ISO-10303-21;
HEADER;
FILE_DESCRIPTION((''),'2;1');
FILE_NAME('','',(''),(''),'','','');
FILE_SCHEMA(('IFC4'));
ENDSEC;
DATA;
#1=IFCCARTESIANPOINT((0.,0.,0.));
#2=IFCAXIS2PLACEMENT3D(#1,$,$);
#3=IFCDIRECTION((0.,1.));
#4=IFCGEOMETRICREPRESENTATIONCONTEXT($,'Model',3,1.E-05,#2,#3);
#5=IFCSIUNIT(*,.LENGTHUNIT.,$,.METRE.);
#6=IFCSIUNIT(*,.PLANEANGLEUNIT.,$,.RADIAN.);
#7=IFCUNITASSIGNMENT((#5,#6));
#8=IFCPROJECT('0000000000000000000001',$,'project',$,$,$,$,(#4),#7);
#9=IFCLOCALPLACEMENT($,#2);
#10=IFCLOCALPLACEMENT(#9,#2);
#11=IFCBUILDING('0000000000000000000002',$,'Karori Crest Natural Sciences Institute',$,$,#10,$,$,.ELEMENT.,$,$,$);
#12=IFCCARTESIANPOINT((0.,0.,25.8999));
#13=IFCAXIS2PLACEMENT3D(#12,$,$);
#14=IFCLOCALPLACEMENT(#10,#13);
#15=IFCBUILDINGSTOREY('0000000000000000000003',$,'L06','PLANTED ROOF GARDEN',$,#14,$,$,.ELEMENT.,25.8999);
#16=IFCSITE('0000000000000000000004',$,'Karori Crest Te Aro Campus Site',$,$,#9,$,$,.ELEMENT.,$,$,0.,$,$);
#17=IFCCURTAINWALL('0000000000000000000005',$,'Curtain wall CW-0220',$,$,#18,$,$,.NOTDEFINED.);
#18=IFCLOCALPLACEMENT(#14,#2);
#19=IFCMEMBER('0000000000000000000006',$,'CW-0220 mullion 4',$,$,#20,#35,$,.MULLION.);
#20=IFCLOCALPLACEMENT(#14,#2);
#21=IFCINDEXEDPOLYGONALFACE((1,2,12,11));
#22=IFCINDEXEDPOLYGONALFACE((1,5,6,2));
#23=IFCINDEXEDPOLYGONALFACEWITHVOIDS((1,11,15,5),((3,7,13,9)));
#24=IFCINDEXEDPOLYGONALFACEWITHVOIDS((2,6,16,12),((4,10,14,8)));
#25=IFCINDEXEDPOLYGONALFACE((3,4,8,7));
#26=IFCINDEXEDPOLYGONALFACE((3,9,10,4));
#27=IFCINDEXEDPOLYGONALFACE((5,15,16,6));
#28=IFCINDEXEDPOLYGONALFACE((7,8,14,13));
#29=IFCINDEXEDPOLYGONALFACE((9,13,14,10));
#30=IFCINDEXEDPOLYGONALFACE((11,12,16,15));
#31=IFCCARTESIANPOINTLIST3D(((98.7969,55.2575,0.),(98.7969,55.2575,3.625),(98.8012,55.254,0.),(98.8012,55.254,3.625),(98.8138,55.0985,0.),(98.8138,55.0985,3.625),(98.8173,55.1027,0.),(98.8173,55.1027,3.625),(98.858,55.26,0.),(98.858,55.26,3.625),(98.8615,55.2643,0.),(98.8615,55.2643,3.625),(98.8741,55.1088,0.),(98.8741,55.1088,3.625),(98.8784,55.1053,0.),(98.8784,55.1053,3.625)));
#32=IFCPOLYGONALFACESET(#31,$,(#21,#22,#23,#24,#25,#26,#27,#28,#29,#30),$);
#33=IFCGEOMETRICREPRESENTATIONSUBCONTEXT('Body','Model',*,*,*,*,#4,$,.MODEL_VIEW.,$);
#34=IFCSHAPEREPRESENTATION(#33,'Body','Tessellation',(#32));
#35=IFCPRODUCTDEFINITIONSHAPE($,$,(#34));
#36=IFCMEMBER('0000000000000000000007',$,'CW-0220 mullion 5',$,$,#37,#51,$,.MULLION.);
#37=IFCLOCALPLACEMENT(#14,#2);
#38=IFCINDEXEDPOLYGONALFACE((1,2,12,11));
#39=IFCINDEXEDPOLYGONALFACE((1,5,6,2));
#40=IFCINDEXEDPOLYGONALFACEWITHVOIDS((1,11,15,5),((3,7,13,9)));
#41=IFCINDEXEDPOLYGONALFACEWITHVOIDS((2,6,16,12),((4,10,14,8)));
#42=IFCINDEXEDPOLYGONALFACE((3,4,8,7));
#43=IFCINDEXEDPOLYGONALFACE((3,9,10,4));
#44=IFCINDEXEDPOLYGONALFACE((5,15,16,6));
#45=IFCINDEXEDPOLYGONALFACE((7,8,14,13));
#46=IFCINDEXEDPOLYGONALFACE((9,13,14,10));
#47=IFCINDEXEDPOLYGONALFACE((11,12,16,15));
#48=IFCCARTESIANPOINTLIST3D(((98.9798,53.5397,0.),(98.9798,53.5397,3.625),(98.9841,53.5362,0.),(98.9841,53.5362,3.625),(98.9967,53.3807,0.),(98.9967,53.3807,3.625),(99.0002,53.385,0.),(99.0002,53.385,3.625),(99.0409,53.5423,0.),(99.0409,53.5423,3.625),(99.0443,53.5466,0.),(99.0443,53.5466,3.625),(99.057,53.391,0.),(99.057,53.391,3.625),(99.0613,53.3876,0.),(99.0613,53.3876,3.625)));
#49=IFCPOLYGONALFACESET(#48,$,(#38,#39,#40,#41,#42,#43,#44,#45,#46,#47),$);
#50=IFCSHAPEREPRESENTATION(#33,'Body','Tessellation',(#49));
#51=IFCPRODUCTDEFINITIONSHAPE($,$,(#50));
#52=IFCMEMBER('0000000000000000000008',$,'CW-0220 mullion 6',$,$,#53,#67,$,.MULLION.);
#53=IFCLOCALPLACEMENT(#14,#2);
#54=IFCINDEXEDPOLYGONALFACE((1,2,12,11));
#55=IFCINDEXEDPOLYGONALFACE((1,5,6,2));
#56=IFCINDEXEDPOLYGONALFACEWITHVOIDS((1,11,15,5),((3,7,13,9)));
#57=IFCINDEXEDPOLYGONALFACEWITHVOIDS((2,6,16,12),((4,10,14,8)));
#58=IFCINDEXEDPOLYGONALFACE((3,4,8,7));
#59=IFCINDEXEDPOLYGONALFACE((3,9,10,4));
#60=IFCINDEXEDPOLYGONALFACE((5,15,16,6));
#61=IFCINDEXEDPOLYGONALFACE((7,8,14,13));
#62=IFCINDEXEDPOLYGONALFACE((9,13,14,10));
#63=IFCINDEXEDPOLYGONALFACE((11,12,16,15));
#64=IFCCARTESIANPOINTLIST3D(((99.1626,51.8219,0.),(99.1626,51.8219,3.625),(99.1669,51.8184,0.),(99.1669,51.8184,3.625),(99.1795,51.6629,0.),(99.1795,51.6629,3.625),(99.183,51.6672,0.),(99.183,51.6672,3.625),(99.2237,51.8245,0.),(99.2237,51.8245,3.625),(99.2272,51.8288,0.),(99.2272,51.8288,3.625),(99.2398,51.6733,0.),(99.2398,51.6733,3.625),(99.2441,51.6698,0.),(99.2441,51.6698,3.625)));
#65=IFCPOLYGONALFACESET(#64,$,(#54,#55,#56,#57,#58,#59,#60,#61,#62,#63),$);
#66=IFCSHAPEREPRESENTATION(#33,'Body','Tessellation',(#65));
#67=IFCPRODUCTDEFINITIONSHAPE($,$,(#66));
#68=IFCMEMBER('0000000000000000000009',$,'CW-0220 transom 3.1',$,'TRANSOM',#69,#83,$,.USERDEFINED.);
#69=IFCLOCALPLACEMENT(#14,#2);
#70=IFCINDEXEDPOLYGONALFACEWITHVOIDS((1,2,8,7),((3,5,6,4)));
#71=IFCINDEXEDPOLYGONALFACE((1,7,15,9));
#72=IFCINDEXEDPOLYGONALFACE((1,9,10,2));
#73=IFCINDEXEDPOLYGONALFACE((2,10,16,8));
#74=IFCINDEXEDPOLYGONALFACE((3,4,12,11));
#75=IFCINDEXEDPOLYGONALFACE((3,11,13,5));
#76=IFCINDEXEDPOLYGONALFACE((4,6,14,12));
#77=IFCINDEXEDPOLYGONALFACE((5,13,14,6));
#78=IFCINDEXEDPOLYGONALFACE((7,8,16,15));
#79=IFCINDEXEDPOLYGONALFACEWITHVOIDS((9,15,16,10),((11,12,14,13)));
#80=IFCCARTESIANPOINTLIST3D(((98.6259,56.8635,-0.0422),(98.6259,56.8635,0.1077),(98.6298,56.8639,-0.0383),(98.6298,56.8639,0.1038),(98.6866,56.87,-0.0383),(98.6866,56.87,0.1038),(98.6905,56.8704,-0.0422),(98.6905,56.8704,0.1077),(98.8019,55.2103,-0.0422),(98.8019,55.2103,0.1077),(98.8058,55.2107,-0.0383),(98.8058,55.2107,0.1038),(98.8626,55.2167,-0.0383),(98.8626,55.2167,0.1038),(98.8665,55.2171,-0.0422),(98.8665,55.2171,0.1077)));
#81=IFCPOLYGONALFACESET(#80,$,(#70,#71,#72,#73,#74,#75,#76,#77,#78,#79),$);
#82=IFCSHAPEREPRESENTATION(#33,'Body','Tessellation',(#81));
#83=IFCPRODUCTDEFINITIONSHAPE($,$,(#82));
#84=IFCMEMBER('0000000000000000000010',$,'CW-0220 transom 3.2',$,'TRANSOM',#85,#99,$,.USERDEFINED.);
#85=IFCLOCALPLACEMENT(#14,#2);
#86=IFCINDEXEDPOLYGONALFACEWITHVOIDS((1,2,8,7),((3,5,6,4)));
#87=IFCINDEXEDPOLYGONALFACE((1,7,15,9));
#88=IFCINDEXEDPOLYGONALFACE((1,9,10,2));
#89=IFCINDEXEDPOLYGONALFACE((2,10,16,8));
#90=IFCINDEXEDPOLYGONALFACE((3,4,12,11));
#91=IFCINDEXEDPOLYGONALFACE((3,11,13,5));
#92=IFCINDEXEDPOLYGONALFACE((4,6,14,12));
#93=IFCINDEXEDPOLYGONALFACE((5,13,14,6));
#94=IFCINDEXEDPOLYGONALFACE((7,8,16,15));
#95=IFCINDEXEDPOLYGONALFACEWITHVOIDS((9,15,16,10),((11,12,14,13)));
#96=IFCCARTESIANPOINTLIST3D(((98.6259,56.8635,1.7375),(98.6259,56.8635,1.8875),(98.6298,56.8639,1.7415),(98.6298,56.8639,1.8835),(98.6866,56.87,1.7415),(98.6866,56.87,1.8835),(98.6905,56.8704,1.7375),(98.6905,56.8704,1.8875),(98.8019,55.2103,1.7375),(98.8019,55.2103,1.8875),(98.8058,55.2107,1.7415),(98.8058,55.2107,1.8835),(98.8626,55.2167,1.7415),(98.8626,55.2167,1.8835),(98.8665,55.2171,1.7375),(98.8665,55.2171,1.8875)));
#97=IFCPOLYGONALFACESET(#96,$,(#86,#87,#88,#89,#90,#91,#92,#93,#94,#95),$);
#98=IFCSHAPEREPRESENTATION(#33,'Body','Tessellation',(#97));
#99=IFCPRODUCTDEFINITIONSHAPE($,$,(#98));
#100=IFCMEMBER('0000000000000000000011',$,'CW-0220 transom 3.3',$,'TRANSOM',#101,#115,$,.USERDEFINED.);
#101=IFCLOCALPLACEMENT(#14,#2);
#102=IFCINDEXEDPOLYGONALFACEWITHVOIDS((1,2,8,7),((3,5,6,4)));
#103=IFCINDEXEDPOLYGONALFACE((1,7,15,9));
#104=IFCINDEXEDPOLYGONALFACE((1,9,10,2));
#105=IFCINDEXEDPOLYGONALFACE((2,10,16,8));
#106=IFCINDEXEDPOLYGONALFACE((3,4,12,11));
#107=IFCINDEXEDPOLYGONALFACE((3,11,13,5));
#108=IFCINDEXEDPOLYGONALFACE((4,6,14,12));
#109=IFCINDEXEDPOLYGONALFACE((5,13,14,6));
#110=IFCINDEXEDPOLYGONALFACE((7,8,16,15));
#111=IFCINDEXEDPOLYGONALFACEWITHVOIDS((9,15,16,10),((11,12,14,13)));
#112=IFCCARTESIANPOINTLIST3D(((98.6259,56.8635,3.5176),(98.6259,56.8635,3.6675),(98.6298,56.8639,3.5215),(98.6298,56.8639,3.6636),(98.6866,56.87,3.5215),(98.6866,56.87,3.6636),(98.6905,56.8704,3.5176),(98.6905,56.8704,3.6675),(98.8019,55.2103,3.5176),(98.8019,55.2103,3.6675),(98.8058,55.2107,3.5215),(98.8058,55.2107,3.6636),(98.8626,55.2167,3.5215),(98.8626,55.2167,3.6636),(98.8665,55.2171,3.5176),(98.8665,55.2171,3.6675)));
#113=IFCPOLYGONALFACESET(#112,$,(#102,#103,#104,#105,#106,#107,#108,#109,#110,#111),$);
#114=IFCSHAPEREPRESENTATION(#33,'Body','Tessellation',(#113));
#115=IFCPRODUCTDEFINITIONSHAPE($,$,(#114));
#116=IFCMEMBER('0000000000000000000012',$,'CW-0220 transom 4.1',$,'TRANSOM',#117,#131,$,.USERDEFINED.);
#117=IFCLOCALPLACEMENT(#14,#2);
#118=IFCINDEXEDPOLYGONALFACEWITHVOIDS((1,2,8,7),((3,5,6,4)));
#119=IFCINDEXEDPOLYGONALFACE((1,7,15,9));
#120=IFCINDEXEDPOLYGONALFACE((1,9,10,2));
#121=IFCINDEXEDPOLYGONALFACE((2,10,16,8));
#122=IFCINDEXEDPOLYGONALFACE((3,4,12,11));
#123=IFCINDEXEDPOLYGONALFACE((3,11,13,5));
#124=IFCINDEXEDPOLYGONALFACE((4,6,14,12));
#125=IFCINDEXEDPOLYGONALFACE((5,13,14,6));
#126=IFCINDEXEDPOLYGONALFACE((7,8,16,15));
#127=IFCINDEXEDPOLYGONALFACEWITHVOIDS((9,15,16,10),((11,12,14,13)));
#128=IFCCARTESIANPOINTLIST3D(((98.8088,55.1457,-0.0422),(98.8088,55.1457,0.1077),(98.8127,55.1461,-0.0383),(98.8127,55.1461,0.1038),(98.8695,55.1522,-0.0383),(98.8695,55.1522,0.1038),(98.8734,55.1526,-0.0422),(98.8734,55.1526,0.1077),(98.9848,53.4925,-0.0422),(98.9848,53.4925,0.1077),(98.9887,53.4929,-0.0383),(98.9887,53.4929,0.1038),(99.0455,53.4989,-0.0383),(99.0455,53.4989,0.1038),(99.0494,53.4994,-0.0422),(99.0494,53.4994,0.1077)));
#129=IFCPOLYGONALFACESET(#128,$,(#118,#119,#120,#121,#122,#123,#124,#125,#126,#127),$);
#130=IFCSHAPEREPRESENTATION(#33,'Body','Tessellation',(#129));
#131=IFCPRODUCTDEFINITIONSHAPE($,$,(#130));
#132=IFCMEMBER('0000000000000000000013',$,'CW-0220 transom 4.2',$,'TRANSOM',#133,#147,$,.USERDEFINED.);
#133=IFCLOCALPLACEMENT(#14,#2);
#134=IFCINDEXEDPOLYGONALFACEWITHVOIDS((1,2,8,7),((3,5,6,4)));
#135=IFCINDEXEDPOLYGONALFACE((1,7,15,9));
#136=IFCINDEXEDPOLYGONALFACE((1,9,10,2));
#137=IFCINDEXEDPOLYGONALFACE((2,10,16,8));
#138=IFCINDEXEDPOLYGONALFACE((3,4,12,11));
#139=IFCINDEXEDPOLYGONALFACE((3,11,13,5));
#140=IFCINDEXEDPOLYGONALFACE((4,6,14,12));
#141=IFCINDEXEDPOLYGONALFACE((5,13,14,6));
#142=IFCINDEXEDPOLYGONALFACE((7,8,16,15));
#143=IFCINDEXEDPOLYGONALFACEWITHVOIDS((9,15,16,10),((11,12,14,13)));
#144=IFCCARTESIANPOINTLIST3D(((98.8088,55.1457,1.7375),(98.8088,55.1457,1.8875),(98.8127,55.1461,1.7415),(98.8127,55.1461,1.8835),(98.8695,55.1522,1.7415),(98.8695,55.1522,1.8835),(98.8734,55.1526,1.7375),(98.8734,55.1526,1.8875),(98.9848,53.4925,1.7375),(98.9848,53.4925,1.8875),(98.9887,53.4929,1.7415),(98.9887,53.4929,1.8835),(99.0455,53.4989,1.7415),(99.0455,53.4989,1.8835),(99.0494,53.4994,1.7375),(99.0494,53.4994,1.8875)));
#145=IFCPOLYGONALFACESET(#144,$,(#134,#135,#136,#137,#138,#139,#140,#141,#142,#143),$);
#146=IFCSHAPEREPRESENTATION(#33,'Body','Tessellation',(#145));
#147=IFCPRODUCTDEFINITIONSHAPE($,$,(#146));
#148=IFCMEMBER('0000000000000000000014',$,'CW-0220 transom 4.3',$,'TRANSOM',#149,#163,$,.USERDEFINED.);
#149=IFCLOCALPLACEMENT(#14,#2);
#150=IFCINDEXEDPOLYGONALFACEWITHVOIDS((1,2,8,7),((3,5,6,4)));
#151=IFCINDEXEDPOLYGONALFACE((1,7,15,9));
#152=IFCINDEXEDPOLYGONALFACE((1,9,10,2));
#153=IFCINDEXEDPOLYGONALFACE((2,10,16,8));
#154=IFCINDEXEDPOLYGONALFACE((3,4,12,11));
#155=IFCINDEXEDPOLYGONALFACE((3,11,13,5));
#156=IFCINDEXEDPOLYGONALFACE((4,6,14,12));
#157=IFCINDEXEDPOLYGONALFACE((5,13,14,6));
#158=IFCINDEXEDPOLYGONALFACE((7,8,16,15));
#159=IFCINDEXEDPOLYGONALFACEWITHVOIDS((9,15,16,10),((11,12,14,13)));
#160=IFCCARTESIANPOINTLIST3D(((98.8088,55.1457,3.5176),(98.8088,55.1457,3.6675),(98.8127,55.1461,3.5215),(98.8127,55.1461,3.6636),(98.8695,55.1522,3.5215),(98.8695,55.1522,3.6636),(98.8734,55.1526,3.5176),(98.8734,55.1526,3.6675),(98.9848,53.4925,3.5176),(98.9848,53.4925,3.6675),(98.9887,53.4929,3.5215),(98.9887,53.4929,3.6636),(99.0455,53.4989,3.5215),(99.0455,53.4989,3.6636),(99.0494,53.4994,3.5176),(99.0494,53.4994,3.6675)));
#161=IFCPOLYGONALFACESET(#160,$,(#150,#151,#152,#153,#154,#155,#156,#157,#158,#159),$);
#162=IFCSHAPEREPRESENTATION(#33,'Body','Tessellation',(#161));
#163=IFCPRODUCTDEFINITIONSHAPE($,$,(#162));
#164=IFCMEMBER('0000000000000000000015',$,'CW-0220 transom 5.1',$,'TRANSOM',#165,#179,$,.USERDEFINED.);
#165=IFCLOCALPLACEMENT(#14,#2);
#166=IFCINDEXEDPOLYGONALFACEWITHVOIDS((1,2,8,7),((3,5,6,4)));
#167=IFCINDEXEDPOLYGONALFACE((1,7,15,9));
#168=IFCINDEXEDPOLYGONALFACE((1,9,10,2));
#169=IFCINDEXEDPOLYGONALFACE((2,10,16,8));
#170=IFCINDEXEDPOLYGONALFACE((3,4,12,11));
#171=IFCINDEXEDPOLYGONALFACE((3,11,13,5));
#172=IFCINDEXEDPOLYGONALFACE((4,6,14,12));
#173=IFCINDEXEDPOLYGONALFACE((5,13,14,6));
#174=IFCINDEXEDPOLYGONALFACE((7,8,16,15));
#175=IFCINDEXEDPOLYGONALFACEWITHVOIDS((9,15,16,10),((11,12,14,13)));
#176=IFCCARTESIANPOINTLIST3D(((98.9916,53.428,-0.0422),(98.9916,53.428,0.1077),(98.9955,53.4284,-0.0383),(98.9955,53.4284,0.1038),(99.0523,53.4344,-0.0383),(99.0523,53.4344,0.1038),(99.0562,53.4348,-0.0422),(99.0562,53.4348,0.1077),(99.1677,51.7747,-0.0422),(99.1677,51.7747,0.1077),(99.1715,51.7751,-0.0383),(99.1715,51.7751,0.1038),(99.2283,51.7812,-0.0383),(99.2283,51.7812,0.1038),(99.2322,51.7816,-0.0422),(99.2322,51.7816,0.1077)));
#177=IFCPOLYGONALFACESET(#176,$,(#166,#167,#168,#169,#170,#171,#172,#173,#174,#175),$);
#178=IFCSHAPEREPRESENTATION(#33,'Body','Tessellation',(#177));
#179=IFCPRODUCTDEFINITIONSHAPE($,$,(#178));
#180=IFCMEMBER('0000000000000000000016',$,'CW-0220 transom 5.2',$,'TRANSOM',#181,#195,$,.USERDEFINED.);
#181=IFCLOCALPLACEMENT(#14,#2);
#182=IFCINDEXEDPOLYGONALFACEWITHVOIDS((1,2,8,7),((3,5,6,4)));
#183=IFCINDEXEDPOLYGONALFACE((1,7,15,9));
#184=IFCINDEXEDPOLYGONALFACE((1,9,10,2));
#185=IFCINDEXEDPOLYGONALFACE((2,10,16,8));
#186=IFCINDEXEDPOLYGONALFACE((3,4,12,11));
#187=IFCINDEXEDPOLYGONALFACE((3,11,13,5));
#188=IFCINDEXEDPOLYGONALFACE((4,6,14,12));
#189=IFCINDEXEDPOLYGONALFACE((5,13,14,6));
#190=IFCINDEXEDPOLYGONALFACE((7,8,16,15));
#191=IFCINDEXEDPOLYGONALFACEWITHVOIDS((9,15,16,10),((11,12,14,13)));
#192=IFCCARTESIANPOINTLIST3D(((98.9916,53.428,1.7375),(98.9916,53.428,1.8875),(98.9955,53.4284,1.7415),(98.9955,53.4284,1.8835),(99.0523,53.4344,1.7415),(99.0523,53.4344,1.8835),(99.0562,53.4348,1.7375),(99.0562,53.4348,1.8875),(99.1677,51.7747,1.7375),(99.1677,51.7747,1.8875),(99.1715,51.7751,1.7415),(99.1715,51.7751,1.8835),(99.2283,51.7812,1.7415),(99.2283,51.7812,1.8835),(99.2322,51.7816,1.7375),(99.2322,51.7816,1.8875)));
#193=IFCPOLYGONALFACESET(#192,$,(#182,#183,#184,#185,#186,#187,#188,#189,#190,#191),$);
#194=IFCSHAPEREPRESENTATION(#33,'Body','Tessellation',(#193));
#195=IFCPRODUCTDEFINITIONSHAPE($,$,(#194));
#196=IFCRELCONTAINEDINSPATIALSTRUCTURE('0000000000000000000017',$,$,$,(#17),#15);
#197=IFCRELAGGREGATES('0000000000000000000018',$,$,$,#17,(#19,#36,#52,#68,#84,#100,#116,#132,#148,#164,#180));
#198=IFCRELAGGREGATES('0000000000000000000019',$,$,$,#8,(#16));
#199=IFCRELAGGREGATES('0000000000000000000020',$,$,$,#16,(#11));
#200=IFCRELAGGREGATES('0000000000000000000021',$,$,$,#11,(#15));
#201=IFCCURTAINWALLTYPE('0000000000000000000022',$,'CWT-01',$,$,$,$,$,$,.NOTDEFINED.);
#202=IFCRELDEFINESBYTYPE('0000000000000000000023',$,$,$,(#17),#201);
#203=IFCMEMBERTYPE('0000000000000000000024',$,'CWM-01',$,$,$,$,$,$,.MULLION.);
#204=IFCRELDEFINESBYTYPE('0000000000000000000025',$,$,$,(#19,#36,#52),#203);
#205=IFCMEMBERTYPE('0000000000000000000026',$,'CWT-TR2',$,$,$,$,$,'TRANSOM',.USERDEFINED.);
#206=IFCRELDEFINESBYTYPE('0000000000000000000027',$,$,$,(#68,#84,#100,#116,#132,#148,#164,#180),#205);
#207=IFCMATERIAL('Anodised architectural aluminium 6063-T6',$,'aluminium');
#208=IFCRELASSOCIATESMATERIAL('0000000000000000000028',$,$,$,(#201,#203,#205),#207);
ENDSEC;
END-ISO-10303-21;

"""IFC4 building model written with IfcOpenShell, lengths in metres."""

from ifc_helpers import new_model, si_unit, direction, frame, origin, origin_2d, place, context, subcontext, project, spatial, hollow_rectangle, extrude, material, material_profile, profile_set, type_object, element, aggregate, save


model = new_model("IFC4")

# Units and contexts
model_context = context("Model", 3, precision=1e-05, world=origin(), true_north=direction((0.0, 1.0)))
body_context = subcontext(model_context, "Body", "Model", "MODEL_VIEW")
ifc_project = project(units=[si_unit("LENGTHUNIT", "METRE"), si_unit("PLANEANGLEUNIT", "RADIAN")], contexts=[model_context])

# Site, building, storey
site_placement = place(None, origin())
site = spatial("IfcSite", under=ifc_project, at=site_placement, Name="Karori Crest Te Aro Campus Site", CompositionType="ELEMENT", RefElevation=0.0)
building_placement = place(site_placement, origin())
building = spatial("IfcBuilding", under=site, at=building_placement, Name="Karori Crest Natural Sciences Institute", CompositionType="ELEMENT")
storey_placement = place(building_placement, frame((0.0, 0.0, 25.8999)))
storey = spatial("IfcBuildingStorey", under=building, at=storey_placement, Name="L06", Description="PLANTED ROOF GARDEN", CompositionType="ELEMENT", Elevation=25.8999)

# Curtain wall, members
ifc_material_1 = material(Name="Anodised architectural aluminium 6063-T6", Category="aluminium")
curtain_wall_type = type_object("IfcCurtainWallType", Name="CWT-01", PredefinedType="NOTDEFINED", material=ifc_material_1)
curtain_wall_placement = place(storey_placement, origin())
curtain_wall = element("IfcCurtainWall", 1, at=curtain_wall_placement, inside=storey, type_object=curtain_wall_type, Name="Curtain wall CW-0220", PredefinedType="NOTDEFINED")
ifc_material_profile_1 = material_profile(ifc_material_1, hollow_rectangle(XDim=0.0649, YDim=0.1599, WallThickness=0.0039, at=origin_2d()), Name="CWM160x65x4")
ifc_profile_set_1 = profile_set([ifc_material_profile_1], Name="Anodised architectural aluminium 6063-T6")
member_type_1 = type_object("IfcMemberType", Name="CWM-01", PredefinedType="MULLION", material=ifc_profile_set_1)
member_1_placement = place(storey_placement, frame((98.8376, 55.1814, 0.0), z_axis=(0.0, 0.0, 1.0), x_axis=(0.994378, 0.105884, 0.0)))
member_1 = element("IfcMember", 2, at=member_1_placement, type_object=member_type_1, Name="CW-0220 mullion 4", PredefinedType="MULLION", context=body_context, shape_type="SweptSolid", body=[
    extrude(hollow_rectangle(XDim=0.0649, YDim=0.1599, WallThickness=0.0039, at=origin_2d()), origin(), (0.0, 0.0, 1.0), 3.625),
])
member_2_placement = place(storey_placement, frame((99.0205, 53.4636, 0.0), z_axis=(0.0, 0.0, 1.0), x_axis=(0.994378, 0.105884, 0.0)))
member_2 = element("IfcMember", 3, at=member_2_placement, type_object=member_type_1, Name="CW-0220 mullion 5", PredefinedType="MULLION", context=body_context, shape_type="SweptSolid", body=[
    extrude(hollow_rectangle(XDim=0.0649, YDim=0.1599, WallThickness=0.0039, at=origin_2d()), origin(), (0.0, 0.0, 1.0), 3.625),
])
member_3_placement = place(storey_placement, frame((99.2034, 51.7458, 0.0), z_axis=(0.0, 0.0, 1.0), x_axis=(0.994378, 0.105884, 0.0)))
member_3 = element("IfcMember", 4, at=member_3_placement, type_object=member_type_1, Name="CW-0220 mullion 6", PredefinedType="MULLION", context=body_context, shape_type="SweptSolid", body=[
    extrude(hollow_rectangle(XDim=0.0649, YDim=0.1599, WallThickness=0.0039, at=origin_2d()), origin(), (0.0, 0.0, 1.0), 3.625),
])
ifc_material_profile_2 = material_profile(ifc_material_1, hollow_rectangle(XDim=0.0649, YDim=0.1499, WallThickness=0.0039, at=origin_2d()), Name="CWT150x65x4")
ifc_profile_set_2 = profile_set([ifc_material_profile_2], Name="Anodised architectural aluminium 6063-T6")
member_type_2 = type_object("IfcMemberType", Name="CWT-TR2", ElementType="TRANSOM", PredefinedType="USERDEFINED", material=ifc_profile_set_2)
member_4_placement = place(storey_placement, frame((98.6582, 56.8669, 0.0327), z_axis=(0.105869, -0.99438, 0.0), x_axis=(0.99438, 0.105869, 0.0)))
member_4 = element("IfcMember", 5, at=member_4_placement, type_object=member_type_2, Name="CW-0220 transom 3.1", ObjectType="TRANSOM", PredefinedType="USERDEFINED", context=body_context, shape_type="SweptSolid", body=[
    extrude(hollow_rectangle(XDim=0.0649, YDim=0.1499, WallThickness=0.0039, at=origin_2d()), origin(), (0.0, 0.0, 1.0), 1.6626),
])
member_5_placement = place(storey_placement, frame((98.6582, 56.8669, 1.8125), z_axis=(0.105869, -0.99438, 0.0), x_axis=(0.99438, 0.105869, 0.0)))
member_5 = element("IfcMember", 6, at=member_5_placement, type_object=member_type_2, Name="CW-0220 transom 3.2", ObjectType="TRANSOM", PredefinedType="USERDEFINED", context=body_context, shape_type="SweptSolid", body=[
    extrude(hollow_rectangle(XDim=0.0649, YDim=0.1499, WallThickness=0.0039, at=origin_2d()), origin(), (0.0, 0.0, 1.0), 1.6626),
])
member_6_placement = place(storey_placement, frame((98.6582, 56.8669, 3.5925), z_axis=(0.105869, -0.99438, 0.0), x_axis=(0.99438, 0.105869, 0.0)))
member_6 = element("IfcMember", 7, at=member_6_placement, type_object=member_type_2, Name="CW-0220 transom 3.3", ObjectType="TRANSOM", PredefinedType="USERDEFINED", context=body_context, shape_type="SweptSolid", body=[
    extrude(hollow_rectangle(XDim=0.0649, YDim=0.1499, WallThickness=0.0039, at=origin_2d()), origin(), (0.0, 0.0, 1.0), 1.6626),
])
member_7_placement = place(storey_placement, frame((98.8411, 55.1492, 0.0327), z_axis=(0.105869, -0.99438, 0.0), x_axis=(0.99438, 0.105869, 0.0)))
member_7 = element("IfcMember", 8, at=member_7_placement, type_object=member_type_2, Name="CW-0220 transom 4.1", ObjectType="TRANSOM", PredefinedType="USERDEFINED", context=body_context, shape_type="SweptSolid", body=[
    extrude(hollow_rectangle(XDim=0.0649, YDim=0.1499, WallThickness=0.0039, at=origin_2d()), origin(), (0.0, 0.0, 1.0), 1.6626),
])
member_8_placement = place(storey_placement, frame((98.8411, 55.1492, 1.8125), z_axis=(0.105869, -0.99438, 0.0), x_axis=(0.99438, 0.105869, 0.0)))
member_8 = element("IfcMember", 9, at=member_8_placement, type_object=member_type_2, Name="CW-0220 transom 4.2", ObjectType="TRANSOM", PredefinedType="USERDEFINED", context=body_context, shape_type="SweptSolid", body=[
    extrude(hollow_rectangle(XDim=0.0649, YDim=0.1499, WallThickness=0.0039, at=origin_2d()), origin(), (0.0, 0.0, 1.0), 1.6626),
])
member_9_placement = place(storey_placement, frame((98.8411, 55.1492, 3.5925), z_axis=(0.105869, -0.99438, 0.0), x_axis=(0.99438, 0.105869, 0.0)))
member_9 = element("IfcMember", 10, at=member_9_placement, type_object=member_type_2, Name="CW-0220 transom 4.3", ObjectType="TRANSOM", PredefinedType="USERDEFINED", context=body_context, shape_type="SweptSolid", body=[
    extrude(hollow_rectangle(XDim=0.0649, YDim=0.1499, WallThickness=0.0039, at=origin_2d()), origin(), (0.0, 0.0, 1.0), 1.6626),
])
member_10_placement = place(storey_placement, frame((99.0239, 53.4314, 0.0327), z_axis=(0.105869, -0.99438, 0.0), x_axis=(0.99438, 0.105869, 0.0)))
member_10 = element("IfcMember", 11, at=member_10_placement, type_object=member_type_2, Name="CW-0220 transom 5.1", ObjectType="TRANSOM", PredefinedType="USERDEFINED", context=body_context, shape_type="SweptSolid", body=[
    extrude(hollow_rectangle(XDim=0.0649, YDim=0.1499, WallThickness=0.0039, at=origin_2d()), origin(), (0.0, 0.0, 1.0), 1.6626),
])
member_11_placement = place(storey_placement, frame((99.0239, 53.4314, 1.8125), z_axis=(0.105869, -0.99438, 0.0), x_axis=(0.99438, 0.105869, 0.0)))
member_11 = element("IfcMember", 12, at=member_11_placement, type_object=member_type_2, Name="CW-0220 transom 5.2", ObjectType="TRANSOM", PredefinedType="USERDEFINED", context=body_context, shape_type="SweptSolid", body=[
    extrude(hollow_rectangle(XDim=0.0649, YDim=0.1499, WallThickness=0.0039, at=origin_2d()), origin(), (0.0, 0.0, 1.0), 1.6626),
])
aggregate(curtain_wall, [member_1, member_2, member_3, member_4, member_5, member_6, member_7, member_8, member_9, member_10, member_11])

save(model, "model.ifc")
